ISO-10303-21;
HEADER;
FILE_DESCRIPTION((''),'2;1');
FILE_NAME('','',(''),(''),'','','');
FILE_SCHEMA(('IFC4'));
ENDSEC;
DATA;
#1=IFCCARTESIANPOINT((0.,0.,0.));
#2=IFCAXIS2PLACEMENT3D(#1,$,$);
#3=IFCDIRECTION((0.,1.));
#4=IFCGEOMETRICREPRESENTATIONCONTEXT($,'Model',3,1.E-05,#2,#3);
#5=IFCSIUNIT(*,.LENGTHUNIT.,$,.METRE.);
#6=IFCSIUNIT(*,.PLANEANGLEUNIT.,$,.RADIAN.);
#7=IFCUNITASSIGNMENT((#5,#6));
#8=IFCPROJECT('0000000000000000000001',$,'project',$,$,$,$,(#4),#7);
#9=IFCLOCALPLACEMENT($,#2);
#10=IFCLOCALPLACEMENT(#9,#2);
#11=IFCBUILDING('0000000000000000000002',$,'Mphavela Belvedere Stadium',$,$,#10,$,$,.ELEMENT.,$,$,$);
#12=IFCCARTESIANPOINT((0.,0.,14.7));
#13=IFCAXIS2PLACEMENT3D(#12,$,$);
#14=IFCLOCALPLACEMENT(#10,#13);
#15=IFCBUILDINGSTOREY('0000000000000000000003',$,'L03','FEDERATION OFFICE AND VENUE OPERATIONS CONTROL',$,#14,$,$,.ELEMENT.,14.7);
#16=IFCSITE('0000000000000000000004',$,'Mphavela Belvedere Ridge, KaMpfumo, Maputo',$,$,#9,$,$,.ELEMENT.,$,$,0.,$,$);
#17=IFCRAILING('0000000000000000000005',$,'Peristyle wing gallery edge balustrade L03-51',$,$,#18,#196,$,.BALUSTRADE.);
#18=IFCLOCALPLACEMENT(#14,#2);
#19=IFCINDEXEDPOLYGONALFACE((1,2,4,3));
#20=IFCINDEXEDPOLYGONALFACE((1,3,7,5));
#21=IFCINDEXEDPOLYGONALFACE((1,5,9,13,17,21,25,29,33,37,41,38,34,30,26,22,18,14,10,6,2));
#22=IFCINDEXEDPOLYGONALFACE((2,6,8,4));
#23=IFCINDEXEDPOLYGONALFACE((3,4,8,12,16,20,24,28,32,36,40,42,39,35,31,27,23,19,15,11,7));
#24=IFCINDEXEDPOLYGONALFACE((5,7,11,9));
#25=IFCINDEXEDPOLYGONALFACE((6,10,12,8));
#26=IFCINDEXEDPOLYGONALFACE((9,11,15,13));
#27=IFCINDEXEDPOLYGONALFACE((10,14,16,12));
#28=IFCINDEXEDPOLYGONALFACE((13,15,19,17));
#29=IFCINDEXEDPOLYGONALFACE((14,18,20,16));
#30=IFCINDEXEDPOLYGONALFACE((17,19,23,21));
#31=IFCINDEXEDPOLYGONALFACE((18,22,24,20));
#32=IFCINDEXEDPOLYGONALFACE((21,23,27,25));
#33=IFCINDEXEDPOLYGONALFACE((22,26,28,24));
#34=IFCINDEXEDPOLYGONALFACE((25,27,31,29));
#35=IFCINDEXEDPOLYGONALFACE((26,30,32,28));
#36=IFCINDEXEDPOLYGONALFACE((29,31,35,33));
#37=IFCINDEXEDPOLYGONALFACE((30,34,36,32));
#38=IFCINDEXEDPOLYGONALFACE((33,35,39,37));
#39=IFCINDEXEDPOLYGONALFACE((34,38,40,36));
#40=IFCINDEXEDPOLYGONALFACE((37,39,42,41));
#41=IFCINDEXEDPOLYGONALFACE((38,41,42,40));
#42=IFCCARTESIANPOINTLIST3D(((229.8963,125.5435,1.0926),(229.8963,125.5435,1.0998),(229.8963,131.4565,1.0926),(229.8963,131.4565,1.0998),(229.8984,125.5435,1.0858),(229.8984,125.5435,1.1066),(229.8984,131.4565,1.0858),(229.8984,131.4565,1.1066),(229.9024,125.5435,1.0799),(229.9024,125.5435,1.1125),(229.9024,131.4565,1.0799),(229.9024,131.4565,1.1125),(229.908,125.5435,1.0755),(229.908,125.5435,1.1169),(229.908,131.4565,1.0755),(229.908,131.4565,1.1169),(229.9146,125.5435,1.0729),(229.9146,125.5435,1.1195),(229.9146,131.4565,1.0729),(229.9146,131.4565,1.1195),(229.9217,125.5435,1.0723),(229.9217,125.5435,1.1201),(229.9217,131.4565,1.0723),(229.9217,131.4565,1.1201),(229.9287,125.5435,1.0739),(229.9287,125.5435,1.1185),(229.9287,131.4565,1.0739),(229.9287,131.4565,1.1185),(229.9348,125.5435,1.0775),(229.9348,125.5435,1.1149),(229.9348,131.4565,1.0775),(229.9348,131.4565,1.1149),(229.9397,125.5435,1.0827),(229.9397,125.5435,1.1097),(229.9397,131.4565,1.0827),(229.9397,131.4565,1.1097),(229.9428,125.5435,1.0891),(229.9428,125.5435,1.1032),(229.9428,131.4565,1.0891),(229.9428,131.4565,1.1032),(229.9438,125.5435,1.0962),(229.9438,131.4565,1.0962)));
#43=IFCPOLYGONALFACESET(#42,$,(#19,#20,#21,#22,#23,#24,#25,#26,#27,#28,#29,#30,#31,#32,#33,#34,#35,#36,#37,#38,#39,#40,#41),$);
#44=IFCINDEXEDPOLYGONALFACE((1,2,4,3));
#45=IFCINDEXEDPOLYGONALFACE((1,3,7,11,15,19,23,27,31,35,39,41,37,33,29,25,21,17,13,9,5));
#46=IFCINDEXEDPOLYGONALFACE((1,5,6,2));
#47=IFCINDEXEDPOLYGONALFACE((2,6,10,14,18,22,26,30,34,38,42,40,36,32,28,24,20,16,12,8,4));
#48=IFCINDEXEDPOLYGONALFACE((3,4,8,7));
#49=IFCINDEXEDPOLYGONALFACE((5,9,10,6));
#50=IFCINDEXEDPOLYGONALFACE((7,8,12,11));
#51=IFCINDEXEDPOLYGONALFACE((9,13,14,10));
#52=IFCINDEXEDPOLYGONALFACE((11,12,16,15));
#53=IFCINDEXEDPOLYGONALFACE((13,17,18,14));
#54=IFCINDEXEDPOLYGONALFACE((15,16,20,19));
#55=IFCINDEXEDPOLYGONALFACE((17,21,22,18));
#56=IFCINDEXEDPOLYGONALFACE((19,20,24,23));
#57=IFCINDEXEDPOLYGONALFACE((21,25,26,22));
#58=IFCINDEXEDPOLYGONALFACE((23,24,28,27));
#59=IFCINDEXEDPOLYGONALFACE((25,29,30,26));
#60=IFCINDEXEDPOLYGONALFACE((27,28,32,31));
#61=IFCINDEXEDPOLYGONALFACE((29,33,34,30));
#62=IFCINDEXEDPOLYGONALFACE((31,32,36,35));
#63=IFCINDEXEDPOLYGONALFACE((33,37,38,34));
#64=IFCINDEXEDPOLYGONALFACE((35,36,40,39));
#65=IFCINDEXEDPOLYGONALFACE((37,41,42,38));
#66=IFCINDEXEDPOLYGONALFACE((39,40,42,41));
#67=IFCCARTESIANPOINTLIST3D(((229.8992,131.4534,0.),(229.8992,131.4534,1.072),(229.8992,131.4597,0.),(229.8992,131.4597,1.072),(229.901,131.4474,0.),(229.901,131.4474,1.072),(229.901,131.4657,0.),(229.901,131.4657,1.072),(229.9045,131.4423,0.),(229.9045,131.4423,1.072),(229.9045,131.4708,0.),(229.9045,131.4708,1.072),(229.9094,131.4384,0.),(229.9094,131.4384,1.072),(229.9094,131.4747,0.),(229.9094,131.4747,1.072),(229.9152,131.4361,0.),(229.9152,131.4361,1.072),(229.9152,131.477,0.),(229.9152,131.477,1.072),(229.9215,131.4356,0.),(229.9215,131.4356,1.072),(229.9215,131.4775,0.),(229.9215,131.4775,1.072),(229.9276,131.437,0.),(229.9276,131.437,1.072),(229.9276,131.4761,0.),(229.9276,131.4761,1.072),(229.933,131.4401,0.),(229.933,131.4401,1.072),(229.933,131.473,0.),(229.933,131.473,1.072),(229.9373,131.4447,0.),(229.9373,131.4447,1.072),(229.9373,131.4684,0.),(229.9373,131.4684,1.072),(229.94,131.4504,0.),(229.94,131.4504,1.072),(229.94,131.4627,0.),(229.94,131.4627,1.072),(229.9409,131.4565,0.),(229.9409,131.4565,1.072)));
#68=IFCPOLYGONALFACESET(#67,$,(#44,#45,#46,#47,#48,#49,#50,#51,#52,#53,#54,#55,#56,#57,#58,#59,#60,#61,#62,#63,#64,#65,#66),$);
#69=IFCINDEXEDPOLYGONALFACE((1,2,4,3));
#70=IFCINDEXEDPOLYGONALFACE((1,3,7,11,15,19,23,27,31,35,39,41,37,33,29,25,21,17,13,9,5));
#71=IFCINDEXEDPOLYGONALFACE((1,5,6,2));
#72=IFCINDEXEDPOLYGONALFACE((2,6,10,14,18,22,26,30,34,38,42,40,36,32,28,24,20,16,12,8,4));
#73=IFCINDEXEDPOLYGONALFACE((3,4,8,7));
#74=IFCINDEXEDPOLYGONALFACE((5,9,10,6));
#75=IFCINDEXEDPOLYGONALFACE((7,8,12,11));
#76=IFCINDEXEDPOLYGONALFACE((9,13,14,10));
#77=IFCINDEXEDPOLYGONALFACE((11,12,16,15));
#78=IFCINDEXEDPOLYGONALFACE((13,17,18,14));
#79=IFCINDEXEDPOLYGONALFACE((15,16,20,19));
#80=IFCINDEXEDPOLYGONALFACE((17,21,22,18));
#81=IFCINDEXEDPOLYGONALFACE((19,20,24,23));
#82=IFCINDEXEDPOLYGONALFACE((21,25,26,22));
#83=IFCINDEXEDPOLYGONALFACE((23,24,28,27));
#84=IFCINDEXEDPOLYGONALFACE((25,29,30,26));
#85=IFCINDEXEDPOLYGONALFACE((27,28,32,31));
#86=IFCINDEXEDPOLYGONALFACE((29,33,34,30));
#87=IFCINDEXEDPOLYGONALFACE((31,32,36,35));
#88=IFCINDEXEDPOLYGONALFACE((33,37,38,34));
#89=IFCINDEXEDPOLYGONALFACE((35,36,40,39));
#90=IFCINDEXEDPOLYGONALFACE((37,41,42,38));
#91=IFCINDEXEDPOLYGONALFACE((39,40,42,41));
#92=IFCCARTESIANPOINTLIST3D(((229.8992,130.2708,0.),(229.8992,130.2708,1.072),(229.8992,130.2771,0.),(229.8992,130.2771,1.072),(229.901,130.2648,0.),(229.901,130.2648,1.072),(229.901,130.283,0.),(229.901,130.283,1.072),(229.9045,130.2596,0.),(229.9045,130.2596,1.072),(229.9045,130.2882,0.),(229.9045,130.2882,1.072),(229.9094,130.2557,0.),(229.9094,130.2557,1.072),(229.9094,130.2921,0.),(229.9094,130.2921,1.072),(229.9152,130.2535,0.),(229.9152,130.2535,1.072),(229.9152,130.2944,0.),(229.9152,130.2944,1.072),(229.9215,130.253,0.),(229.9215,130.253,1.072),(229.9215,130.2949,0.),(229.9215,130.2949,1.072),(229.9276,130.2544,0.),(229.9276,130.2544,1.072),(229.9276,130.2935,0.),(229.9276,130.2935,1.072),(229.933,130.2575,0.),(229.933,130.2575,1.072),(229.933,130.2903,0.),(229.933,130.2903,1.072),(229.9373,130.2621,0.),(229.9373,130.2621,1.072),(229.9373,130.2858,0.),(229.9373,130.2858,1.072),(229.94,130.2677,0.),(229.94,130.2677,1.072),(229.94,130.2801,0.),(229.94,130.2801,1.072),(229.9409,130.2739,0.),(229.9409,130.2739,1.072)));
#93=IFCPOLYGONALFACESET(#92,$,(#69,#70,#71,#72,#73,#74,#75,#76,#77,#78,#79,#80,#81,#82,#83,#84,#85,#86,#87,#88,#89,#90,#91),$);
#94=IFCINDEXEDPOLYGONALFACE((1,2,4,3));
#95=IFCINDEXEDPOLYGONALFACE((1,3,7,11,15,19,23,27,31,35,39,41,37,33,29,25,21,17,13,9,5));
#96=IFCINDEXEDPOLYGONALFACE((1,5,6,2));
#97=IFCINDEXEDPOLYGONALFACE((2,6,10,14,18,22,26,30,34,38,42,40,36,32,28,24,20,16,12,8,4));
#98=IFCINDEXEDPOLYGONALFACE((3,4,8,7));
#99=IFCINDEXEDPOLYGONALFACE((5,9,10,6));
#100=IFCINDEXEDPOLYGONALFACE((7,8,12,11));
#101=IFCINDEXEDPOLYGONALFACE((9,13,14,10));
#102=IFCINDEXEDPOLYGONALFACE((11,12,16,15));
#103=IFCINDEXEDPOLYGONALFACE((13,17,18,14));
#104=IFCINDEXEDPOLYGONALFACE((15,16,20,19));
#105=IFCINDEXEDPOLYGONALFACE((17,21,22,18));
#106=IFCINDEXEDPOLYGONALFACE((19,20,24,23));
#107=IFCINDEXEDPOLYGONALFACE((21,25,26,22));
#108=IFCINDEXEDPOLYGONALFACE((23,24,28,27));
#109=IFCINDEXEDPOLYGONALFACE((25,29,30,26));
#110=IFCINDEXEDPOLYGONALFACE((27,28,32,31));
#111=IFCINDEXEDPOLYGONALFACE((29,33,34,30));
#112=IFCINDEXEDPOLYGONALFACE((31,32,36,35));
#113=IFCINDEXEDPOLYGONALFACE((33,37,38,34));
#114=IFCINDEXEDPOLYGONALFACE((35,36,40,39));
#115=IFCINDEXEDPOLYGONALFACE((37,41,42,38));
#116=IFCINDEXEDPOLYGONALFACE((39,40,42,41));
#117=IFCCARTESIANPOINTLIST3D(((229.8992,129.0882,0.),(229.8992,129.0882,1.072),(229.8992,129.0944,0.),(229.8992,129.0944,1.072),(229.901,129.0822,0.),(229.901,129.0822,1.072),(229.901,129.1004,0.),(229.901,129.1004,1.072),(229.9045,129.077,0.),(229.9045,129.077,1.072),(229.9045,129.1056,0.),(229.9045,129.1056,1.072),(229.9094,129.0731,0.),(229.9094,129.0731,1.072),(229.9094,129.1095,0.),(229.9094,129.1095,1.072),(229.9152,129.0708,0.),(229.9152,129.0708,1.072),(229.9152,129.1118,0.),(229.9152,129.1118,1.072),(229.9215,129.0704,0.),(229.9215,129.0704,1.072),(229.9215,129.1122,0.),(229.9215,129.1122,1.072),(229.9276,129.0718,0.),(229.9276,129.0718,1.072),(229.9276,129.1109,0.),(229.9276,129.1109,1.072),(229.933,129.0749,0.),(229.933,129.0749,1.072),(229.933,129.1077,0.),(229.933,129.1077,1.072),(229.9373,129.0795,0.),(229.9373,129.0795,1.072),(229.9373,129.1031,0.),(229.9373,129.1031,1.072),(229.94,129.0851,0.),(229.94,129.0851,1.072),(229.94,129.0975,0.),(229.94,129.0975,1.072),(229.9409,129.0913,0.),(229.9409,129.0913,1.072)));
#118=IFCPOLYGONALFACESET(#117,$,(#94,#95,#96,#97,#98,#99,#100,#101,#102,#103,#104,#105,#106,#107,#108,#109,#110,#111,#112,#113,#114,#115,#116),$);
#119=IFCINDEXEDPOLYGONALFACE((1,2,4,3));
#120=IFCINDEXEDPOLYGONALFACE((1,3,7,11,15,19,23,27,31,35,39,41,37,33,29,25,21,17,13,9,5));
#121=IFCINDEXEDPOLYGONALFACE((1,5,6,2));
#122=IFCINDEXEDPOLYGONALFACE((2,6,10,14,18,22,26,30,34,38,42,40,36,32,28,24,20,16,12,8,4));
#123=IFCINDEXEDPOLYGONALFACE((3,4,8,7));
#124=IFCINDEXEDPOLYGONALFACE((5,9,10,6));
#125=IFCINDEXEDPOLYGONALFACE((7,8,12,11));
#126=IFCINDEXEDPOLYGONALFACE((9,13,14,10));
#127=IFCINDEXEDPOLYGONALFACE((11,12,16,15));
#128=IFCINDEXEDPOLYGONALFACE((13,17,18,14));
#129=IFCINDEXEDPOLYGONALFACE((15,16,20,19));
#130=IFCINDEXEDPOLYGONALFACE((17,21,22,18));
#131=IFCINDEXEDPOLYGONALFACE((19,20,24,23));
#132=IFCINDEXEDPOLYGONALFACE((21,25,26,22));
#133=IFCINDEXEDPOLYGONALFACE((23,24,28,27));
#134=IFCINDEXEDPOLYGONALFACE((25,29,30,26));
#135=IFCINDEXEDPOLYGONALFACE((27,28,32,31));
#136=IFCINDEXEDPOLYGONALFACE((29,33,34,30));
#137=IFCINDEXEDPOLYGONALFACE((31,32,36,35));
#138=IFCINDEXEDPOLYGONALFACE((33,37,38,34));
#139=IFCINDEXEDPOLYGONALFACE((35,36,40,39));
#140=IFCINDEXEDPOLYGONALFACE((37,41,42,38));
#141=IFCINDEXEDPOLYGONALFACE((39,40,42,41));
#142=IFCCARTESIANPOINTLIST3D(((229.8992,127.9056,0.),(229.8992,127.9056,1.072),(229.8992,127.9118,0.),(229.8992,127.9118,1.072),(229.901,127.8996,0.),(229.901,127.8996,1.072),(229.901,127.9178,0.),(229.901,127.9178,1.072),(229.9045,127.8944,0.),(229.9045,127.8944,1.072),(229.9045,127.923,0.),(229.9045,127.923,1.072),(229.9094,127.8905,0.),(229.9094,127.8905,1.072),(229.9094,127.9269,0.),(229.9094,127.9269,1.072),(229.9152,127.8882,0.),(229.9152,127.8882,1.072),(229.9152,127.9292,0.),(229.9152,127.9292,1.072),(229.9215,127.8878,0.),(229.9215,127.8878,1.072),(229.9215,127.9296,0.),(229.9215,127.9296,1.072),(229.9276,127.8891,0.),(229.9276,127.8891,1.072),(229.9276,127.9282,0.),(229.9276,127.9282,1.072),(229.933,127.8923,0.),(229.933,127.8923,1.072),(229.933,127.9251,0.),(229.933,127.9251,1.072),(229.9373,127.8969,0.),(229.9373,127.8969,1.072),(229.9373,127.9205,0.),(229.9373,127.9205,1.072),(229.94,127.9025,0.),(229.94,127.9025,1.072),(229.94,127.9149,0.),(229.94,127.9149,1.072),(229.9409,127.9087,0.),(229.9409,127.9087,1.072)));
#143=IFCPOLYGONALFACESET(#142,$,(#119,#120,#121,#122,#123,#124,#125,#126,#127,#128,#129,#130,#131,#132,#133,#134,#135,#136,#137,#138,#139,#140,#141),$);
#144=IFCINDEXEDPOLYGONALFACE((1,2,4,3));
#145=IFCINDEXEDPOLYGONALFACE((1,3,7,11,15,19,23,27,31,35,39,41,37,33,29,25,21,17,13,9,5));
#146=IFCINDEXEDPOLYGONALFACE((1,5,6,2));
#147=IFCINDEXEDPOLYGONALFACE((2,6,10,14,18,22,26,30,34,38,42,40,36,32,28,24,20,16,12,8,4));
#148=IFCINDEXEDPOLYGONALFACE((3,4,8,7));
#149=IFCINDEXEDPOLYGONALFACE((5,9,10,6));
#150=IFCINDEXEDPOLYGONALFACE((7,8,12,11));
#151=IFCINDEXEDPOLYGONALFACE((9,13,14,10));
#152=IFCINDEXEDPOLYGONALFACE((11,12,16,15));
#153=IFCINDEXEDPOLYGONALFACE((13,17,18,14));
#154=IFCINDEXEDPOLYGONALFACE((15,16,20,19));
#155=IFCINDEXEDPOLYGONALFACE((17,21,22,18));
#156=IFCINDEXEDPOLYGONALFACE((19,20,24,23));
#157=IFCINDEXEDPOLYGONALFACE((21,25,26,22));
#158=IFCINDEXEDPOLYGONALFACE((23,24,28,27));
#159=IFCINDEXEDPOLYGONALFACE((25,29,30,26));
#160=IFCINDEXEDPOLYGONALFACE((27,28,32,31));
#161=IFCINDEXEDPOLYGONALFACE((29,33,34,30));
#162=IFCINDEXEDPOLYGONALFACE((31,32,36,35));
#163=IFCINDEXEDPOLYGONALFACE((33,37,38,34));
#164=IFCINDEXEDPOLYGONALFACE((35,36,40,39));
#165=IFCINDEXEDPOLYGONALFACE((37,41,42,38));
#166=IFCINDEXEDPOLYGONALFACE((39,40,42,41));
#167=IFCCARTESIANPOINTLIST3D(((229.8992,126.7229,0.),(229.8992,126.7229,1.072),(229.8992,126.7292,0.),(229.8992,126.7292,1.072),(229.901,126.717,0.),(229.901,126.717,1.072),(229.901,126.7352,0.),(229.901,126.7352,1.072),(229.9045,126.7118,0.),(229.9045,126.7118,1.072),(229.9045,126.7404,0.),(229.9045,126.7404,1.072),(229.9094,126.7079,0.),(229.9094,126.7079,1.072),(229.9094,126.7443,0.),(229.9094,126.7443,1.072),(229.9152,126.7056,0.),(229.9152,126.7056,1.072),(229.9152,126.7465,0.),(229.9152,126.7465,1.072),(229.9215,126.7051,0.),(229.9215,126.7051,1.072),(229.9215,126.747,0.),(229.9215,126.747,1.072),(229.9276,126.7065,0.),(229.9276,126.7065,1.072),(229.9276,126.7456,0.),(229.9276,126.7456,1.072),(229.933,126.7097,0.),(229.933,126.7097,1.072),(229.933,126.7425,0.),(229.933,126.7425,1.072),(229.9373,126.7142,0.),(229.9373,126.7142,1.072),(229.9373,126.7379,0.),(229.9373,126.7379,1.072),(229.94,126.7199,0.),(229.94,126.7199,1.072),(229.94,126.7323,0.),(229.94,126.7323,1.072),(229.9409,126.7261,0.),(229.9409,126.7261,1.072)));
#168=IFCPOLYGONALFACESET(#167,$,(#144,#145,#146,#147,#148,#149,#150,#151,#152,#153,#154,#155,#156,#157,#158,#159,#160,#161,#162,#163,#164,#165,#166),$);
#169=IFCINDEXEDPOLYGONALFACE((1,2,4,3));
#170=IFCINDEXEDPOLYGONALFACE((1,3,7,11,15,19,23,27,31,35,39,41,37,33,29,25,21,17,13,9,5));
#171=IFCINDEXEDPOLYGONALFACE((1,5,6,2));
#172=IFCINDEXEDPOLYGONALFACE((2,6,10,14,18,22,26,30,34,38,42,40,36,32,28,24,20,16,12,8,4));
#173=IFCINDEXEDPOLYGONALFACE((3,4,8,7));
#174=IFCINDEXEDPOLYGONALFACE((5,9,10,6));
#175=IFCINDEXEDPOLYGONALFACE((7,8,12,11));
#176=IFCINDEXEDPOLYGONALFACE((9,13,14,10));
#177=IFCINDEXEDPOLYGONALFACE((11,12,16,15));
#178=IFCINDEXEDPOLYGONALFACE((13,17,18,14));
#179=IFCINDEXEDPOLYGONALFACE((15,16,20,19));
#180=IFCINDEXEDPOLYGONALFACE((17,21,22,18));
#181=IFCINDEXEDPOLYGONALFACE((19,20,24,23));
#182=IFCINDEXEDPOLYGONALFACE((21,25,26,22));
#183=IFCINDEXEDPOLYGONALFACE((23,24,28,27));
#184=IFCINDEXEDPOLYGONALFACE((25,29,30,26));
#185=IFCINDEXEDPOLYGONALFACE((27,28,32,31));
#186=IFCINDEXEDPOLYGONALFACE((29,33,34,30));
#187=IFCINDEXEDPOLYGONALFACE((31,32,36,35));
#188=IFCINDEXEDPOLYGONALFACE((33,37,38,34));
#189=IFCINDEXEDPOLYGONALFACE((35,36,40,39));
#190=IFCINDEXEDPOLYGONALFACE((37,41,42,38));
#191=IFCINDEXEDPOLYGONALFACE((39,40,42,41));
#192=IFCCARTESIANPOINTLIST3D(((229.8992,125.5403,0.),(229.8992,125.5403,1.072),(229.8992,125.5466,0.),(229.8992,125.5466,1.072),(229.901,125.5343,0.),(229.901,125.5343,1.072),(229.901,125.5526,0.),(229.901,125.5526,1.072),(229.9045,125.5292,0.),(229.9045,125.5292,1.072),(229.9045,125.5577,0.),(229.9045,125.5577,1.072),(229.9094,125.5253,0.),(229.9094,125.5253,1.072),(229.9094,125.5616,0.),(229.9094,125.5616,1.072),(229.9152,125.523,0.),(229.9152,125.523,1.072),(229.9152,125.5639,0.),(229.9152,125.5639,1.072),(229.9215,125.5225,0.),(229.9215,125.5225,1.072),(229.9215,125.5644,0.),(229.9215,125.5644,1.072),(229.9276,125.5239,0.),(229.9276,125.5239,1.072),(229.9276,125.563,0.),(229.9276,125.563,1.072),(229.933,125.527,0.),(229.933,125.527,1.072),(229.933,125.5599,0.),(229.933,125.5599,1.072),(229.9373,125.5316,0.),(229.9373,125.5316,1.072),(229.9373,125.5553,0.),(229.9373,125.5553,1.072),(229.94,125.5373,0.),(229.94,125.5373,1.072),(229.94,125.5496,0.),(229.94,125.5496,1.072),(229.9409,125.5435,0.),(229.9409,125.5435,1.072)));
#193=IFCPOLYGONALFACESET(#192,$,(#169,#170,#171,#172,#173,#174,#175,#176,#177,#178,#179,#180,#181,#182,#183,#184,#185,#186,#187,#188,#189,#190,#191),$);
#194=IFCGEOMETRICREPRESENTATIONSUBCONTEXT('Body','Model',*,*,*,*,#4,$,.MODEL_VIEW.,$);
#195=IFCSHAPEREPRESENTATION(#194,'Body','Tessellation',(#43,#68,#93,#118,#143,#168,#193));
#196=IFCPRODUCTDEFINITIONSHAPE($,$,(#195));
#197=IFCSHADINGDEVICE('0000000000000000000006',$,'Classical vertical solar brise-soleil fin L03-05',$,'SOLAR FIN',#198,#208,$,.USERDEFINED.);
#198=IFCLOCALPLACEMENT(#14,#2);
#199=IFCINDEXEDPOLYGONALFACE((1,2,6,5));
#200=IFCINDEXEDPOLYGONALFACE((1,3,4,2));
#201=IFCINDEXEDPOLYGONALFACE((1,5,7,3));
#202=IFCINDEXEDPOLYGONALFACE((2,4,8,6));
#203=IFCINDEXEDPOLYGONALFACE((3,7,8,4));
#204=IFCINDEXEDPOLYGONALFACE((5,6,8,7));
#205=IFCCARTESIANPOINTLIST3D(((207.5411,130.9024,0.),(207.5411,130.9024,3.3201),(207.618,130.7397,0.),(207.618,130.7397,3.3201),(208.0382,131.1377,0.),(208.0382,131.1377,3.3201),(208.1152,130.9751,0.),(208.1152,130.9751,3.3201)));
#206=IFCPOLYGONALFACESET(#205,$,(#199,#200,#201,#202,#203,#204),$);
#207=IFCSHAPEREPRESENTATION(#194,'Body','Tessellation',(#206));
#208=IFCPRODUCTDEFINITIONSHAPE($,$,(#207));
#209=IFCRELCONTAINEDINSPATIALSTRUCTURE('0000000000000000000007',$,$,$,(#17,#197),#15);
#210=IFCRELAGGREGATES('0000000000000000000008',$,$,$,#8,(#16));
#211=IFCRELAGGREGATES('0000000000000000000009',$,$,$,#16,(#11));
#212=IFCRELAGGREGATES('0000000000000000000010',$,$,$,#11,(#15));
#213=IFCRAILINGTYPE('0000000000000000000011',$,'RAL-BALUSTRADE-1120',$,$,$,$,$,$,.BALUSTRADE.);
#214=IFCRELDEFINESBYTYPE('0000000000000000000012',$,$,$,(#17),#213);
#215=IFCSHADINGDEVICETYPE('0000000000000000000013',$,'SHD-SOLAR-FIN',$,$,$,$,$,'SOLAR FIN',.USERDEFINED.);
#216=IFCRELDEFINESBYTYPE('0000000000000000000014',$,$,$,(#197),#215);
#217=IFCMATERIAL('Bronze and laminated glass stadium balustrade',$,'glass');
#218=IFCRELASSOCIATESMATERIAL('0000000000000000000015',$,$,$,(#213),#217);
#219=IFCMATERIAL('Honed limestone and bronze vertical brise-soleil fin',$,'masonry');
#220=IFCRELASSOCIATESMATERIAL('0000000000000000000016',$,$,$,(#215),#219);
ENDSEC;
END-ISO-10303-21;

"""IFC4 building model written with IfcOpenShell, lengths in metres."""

from ifc_helpers import new_model, si_unit, direction, frame, origin, origin_2d, place, context, subcontext, project, spatial, rectangle, circle, extrude, material, type_object, element, save


model = new_model("IFC4")

# Units and contexts
model_context = context("Model", 3, precision=1e-05, world=origin(), true_north=direction((0.0, 1.0)))
body_context = subcontext(model_context, "Body", "Model", "MODEL_VIEW")
ifc_project = project(units=[si_unit("LENGTHUNIT", "METRE"), si_unit("PLANEANGLEUNIT", "RADIAN")], contexts=[model_context])

# Site, building, storey
site_placement = place(None, origin())
site = spatial("IfcSite", under=ifc_project, at=site_placement, Name="Mphavela Belvedere Ridge, KaMpfumo, Maputo", CompositionType="ELEMENT", RefElevation=0.0)
building_placement = place(site_placement, origin())
building = spatial("IfcBuilding", under=site, at=building_placement, Name="Mphavela Belvedere Stadium", CompositionType="ELEMENT")
storey_placement = place(building_placement, frame((0.0, 0.0, 14.7)))
storey = spatial("IfcBuildingStorey", under=building, at=storey_placement, Name="L03", Description="FEDERATION OFFICE AND VENUE OPERATIONS CONTROL", CompositionType="ELEMENT", Elevation=14.7)

# Railing
ifc_material_1 = material(Name="Bronze and laminated glass stadium balustrade", Category="glass")
railing_type = type_object("IfcRailingType", Name="RAL-BALUSTRADE-1120", PredefinedType="BALUSTRADE", material=ifc_material_1)
for number, where, name in (
    (1, (229.9199, 131.4565, 0.0), "Peristyle wing gallery edge balustrade L03-51"),
):
    element("IfcRailing", number, at=place(storey_placement, frame(where)), inside=storey, type_object=railing_type, Name=name, PredefinedType="BALUSTRADE", context=body_context, shape_type="SweptSolid", body=[
        extrude(circle(Radius=0.0239, at=origin_2d()), frame((0.0, 0.0, 1.0962), z_axis=(0.0, -1.0, 0.0), x_axis=(1.0, 0.0, 0.0)), (0.0, 0.0, 1.0), 5.9131),
        extrude(circle(Radius=0.021, at=origin_2d()), origin(), (0.0, 0.0, 1.0), 1.072),
        extrude(circle(Radius=0.021, at=origin_2d()), frame((0.0, -1.1826, 0.0)), (0.0, 0.0, 1.0), 1.072),
        extrude(circle(Radius=0.021, at=origin_2d()), frame((0.0, -2.3652, 0.0)), (0.0, 0.0, 1.0), 1.072),
        extrude(circle(Radius=0.021, at=origin_2d()), frame((0.0, -3.5479, 0.0)), (0.0, 0.0, 1.0), 1.072),
        extrude(circle(Radius=0.021, at=origin_2d()), frame((0.0, -4.7305, 0.0)), (0.0, 0.0, 1.0), 1.072),
        extrude(circle(Radius=0.021, at=origin_2d()), frame((0.0, -5.9131, 0.0)), (0.0, 0.0, 1.0), 1.072),
    ])

# Shading device
ifc_material_2 = material(Name="Honed limestone and bronze vertical brise-soleil fin", Category="masonry")
shading_device_type = type_object("IfcShadingDeviceType", Name="SHD-SOLAR-FIN", ElementType="SOLAR FIN", PredefinedType="USERDEFINED", material=ifc_material_2)
shading_device_placement = place(storey_placement, frame((207.8281, 130.9387, 0.0), z_axis=(0.0, 0.0, 1.0), x_axis=(0.903859, 0.427831, 0.0)))
element("IfcShadingDevice", 2, at=shading_device_placement, inside=storey, type_object=shading_device_type, Name="Classical vertical solar brise-soleil fin L03-05", ObjectType="SOLAR FIN", PredefinedType="USERDEFINED", context=body_context, shape_type="SweptSolid", body=[
    extrude(rectangle(XDim=0.55, YDim=0.1799, at=origin_2d()), origin(), (0.0, 0.0, 1.0), 3.3201),
])

save(model, "model.ifc")
